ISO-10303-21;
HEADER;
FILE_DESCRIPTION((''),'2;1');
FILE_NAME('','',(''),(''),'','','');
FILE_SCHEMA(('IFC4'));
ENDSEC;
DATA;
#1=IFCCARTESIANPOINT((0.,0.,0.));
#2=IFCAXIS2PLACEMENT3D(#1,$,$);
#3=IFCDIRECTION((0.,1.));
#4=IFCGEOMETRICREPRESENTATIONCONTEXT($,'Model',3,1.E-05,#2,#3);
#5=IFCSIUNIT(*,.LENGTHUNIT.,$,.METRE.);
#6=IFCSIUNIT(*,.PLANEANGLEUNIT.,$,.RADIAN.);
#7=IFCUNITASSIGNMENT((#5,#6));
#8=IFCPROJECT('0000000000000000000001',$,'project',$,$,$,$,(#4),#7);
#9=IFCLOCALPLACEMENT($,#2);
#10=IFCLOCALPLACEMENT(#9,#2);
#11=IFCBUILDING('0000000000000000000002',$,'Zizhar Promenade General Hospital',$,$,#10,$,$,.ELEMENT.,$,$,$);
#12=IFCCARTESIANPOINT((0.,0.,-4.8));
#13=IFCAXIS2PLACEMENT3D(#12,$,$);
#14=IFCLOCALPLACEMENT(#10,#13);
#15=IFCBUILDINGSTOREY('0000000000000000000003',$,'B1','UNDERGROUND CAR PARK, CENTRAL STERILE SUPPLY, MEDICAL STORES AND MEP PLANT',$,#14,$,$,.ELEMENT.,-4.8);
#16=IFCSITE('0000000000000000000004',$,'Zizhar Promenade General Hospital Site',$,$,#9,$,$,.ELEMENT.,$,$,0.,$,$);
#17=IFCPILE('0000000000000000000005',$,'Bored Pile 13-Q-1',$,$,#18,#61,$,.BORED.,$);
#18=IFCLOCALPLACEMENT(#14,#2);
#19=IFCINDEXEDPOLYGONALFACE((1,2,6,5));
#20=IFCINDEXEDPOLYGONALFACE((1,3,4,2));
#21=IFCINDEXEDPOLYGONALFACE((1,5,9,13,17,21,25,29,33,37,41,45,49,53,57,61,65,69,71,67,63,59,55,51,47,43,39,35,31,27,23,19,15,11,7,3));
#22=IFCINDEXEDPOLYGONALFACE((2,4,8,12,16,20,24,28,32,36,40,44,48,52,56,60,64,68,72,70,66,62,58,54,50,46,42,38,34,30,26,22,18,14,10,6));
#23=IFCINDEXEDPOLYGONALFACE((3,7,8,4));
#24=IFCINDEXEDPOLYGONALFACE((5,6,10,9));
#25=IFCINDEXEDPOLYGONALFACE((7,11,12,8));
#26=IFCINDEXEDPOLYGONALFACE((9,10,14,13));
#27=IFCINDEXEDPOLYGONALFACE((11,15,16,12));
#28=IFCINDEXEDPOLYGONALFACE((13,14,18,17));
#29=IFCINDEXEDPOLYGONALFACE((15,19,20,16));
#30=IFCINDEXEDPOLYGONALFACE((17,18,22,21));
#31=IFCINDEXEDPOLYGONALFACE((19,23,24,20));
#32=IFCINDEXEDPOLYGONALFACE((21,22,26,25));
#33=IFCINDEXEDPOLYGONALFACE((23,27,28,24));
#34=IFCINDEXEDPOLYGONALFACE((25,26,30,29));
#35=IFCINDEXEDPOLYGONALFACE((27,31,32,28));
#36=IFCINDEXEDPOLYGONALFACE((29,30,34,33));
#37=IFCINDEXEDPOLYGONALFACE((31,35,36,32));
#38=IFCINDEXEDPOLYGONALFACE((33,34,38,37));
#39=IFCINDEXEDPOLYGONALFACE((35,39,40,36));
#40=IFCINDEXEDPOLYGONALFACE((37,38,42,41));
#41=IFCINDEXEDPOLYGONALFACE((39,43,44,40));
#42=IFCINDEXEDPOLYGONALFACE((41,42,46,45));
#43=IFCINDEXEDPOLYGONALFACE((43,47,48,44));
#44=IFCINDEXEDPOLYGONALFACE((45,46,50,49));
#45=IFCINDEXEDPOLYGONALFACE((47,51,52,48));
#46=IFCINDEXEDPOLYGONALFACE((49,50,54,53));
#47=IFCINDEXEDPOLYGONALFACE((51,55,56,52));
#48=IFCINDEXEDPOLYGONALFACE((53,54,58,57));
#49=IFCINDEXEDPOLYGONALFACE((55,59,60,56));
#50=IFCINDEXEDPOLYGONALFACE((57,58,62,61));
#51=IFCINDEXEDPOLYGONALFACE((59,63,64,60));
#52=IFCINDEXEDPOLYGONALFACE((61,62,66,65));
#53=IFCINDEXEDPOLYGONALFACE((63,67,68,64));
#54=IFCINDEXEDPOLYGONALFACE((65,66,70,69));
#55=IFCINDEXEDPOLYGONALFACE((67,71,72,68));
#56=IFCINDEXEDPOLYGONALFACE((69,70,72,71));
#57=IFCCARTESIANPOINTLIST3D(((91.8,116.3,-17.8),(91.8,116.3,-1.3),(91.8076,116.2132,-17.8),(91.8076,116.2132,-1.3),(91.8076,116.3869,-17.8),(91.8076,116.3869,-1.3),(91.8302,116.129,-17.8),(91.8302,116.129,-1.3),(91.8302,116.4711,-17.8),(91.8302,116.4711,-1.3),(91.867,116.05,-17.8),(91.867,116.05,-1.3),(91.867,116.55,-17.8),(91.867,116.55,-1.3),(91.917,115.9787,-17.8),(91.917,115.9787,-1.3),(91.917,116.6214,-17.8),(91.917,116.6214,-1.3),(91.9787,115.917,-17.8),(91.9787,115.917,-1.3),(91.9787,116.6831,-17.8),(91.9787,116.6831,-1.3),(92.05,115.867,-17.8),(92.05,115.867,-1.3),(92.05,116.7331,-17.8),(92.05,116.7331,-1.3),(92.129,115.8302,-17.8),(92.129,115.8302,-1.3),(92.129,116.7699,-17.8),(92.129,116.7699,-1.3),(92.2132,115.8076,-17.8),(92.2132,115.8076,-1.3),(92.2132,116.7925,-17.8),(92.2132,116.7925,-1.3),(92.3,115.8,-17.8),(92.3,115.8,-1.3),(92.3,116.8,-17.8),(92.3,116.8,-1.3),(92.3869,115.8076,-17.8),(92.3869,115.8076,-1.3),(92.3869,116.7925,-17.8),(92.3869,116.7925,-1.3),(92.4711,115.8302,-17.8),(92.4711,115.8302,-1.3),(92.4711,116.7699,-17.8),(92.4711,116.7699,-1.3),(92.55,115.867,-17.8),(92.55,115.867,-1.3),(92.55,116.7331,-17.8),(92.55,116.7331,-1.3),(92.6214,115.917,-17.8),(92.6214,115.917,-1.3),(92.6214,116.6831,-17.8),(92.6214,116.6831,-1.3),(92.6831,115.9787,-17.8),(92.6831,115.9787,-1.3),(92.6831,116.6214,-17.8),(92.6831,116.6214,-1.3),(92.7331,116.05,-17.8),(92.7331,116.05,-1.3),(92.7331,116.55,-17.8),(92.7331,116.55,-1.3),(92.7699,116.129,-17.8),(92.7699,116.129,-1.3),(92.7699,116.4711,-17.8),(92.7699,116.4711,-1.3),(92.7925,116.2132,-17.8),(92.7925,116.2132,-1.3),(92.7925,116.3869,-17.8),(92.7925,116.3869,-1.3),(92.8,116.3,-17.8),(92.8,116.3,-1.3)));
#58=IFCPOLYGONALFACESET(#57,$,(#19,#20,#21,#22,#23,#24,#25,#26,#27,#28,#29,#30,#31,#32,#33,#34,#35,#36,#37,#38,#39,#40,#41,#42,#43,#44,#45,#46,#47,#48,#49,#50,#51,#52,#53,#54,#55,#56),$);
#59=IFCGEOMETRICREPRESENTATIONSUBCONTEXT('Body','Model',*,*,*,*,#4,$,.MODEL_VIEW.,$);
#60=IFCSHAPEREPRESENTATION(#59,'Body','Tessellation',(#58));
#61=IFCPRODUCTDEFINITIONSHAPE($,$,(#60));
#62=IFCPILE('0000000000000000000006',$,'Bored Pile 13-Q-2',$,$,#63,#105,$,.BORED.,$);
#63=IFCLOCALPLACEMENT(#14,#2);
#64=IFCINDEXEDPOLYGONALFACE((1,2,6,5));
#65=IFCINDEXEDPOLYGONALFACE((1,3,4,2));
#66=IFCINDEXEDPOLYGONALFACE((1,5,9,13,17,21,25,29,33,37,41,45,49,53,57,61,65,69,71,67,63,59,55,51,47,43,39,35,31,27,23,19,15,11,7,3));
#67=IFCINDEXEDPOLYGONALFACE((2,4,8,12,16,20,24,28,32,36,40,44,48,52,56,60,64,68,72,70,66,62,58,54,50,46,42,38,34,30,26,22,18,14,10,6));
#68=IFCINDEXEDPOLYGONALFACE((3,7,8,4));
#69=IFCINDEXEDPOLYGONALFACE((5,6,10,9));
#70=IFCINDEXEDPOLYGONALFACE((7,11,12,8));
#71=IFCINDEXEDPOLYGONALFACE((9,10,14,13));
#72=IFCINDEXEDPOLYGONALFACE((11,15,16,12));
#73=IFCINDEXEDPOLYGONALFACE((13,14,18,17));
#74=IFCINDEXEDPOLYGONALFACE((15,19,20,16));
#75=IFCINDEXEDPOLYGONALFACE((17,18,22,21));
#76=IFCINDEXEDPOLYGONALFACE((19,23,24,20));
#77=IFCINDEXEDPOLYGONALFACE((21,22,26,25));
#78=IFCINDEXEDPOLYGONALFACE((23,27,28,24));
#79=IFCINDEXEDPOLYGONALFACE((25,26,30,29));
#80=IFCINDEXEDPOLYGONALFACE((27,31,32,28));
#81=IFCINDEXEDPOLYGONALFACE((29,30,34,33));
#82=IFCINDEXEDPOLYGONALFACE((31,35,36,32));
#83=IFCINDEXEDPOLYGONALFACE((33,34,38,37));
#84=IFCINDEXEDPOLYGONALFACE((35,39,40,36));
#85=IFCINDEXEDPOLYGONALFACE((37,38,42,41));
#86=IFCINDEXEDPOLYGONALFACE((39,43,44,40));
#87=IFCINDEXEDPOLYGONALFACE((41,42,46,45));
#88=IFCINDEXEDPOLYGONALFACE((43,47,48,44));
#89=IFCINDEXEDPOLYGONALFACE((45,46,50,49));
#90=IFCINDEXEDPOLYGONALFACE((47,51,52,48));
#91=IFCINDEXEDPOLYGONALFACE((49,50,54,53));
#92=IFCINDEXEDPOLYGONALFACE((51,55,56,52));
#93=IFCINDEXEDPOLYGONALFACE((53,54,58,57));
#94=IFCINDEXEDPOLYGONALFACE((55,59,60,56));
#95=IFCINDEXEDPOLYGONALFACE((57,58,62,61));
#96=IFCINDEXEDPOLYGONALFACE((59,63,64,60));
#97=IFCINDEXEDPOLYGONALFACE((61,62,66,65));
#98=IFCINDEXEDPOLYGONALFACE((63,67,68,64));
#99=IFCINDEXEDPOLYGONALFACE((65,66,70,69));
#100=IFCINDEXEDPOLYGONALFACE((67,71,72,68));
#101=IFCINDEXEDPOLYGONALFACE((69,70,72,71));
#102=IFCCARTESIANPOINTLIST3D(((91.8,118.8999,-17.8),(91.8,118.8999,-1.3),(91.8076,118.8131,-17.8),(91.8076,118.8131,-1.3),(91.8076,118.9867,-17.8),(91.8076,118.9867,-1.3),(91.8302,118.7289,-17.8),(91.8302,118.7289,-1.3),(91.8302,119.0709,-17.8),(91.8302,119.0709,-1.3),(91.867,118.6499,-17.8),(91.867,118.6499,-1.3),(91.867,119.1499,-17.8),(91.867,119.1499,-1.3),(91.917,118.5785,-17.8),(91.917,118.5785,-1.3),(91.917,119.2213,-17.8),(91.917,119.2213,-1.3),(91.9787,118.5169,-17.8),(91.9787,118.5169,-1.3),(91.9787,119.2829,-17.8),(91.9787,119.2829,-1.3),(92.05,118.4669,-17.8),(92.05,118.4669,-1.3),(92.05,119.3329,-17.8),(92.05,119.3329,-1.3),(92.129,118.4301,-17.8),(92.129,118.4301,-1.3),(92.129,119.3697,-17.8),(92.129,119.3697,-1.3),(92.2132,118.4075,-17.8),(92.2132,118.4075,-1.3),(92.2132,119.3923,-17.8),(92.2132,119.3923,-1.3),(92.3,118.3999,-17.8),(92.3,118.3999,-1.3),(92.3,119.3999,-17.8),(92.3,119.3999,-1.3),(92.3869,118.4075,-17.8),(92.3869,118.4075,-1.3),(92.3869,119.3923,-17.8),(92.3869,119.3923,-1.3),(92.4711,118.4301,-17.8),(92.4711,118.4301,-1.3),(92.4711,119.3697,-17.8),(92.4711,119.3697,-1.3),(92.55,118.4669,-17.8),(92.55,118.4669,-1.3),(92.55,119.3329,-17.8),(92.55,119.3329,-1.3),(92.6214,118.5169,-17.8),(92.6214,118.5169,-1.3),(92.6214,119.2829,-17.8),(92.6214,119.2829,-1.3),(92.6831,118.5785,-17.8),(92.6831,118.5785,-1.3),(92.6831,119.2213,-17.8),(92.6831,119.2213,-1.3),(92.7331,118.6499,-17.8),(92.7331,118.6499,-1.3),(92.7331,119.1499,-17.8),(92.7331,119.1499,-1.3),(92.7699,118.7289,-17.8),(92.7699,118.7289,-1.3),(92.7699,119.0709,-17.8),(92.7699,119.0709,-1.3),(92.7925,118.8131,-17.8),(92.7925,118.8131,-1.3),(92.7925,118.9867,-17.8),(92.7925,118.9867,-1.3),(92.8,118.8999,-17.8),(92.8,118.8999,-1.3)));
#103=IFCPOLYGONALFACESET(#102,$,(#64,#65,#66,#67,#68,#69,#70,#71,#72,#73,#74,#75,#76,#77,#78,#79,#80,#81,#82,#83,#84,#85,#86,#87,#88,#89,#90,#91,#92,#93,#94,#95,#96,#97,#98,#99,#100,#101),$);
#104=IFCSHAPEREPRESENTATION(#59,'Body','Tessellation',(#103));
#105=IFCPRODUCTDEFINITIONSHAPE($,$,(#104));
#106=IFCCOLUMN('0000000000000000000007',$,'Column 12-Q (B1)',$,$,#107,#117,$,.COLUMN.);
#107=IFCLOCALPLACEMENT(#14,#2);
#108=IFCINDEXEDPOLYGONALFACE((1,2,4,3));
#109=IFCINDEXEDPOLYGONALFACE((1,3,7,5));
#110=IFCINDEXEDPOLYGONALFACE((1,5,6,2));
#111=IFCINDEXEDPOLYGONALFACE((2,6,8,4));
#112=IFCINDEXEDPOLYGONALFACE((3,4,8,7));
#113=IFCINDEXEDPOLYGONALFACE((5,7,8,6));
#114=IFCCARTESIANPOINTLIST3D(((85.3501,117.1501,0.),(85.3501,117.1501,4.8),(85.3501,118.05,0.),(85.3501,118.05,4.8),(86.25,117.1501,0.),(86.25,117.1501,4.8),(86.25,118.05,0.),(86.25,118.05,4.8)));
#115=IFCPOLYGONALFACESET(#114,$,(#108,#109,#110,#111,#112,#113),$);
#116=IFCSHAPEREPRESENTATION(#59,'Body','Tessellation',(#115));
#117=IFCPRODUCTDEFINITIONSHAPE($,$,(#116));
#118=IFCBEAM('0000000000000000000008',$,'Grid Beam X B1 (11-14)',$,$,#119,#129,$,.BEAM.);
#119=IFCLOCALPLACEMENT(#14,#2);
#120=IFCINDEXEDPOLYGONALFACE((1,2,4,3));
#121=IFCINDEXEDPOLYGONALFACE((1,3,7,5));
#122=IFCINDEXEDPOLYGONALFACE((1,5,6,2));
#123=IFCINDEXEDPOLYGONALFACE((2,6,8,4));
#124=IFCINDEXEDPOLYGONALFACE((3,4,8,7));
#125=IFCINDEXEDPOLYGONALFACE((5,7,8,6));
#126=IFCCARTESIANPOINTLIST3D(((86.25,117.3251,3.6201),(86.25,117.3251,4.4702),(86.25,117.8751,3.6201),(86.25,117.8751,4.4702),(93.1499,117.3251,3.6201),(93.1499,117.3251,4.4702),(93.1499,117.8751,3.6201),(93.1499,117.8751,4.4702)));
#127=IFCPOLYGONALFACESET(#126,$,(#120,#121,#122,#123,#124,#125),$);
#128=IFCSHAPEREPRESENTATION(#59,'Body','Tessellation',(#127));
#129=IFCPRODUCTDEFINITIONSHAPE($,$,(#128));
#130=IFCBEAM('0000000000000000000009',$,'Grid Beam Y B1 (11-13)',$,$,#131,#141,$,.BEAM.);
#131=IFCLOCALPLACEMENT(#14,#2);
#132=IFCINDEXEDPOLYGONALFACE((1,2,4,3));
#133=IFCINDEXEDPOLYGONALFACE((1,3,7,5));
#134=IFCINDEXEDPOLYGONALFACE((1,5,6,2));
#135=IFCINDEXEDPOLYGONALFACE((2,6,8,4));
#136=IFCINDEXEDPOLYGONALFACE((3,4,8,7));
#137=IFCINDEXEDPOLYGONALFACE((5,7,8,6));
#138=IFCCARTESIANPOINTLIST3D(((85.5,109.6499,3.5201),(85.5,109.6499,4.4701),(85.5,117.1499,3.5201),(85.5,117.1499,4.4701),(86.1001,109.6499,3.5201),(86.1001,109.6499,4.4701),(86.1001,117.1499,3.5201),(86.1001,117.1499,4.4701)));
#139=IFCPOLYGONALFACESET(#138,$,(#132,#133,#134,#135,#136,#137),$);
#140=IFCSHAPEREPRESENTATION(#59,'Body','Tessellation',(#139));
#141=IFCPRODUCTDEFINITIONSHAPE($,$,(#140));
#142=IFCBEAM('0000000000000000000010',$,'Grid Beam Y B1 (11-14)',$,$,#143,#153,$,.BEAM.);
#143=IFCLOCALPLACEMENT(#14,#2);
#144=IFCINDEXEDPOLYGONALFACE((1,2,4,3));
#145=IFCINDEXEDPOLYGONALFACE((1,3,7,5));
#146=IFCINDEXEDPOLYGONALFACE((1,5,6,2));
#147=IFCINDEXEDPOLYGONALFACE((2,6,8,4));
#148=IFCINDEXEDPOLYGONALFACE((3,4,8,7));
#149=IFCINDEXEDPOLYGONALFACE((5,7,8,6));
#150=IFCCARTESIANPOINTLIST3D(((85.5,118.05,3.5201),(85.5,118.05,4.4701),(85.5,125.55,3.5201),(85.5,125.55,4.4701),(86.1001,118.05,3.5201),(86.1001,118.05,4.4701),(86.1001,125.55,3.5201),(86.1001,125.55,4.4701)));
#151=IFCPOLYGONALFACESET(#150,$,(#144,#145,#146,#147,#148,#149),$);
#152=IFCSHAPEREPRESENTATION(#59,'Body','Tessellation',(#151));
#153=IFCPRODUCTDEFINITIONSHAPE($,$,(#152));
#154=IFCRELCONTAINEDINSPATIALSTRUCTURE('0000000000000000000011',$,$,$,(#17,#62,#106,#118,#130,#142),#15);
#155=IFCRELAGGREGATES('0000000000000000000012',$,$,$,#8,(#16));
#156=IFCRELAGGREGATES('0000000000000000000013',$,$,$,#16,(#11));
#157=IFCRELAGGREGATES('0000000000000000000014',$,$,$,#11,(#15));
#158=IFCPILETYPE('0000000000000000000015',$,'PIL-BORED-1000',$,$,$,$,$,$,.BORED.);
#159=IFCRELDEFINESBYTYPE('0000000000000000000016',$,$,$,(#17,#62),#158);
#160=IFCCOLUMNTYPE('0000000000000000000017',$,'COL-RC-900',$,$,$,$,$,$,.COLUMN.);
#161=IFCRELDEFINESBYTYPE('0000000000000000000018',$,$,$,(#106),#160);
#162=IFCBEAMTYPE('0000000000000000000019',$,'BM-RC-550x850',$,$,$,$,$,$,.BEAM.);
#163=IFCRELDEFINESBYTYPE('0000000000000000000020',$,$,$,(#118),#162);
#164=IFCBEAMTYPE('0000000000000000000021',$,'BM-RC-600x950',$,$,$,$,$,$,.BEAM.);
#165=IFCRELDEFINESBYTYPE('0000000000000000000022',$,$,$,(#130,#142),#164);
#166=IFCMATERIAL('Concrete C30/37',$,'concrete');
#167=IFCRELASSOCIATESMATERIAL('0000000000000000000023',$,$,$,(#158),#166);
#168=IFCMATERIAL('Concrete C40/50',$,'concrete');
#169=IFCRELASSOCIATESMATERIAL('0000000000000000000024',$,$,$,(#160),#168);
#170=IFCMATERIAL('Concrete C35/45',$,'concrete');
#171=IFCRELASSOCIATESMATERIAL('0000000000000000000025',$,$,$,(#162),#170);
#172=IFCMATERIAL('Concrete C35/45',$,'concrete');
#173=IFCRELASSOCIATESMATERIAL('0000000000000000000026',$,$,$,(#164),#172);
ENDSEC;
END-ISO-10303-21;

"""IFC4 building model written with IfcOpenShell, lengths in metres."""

from ifc_helpers import new_model, si_unit, direction, frame, origin, origin_2d, place, context, subcontext, project, spatial, rectangle, circle, extrude, material, material_profile, profile_set, type_object, element, save


model = new_model("IFC4")

# Units and contexts
model_context = context("Model", 3, precision=1e-05, world=origin(), true_north=direction((0.0, 1.0)))
body_context = subcontext(model_context, "Body", "Model", "MODEL_VIEW")
ifc_project = project(units=[si_unit("LENGTHUNIT", "METRE"), si_unit("PLANEANGLEUNIT", "RADIAN")], contexts=[model_context])

# Site, building, storey
site_placement = place(None, origin())
site = spatial("IfcSite", under=ifc_project, at=site_placement, Name="Zizhar Promenade General Hospital Site", CompositionType="ELEMENT", RefElevation=0.0)
building_placement = place(site_placement, origin())
building = spatial("IfcBuilding", under=site, at=building_placement, Name="Zizhar Promenade General Hospital", CompositionType="ELEMENT")
storey_placement = place(building_placement, frame((0.0, 0.0, -4.8)))
storey = spatial("IfcBuildingStorey", under=building, at=storey_placement, Name="B1", Description="UNDERGROUND CAR PARK, CENTRAL STERILE SUPPLY, MEDICAL STORES AND MEP PLANT", CompositionType="ELEMENT", Elevation=-4.8)

# Piles
ifc_material_1 = material(Name="Concrete C30/37", Category="concrete")
ifc_material_profile_1 = material_profile(ifc_material_1, circle(Radius=0.5, at=origin_2d()))
ifc_profile_set_1 = profile_set([ifc_material_profile_1], Name="Concrete C30/37")
pile_type = type_object("IfcPileType", Name="PIL-BORED-1000", PredefinedType="BORED", material=ifc_profile_set_1)
for number, where, z_axis, x_axis, name in (
    (1, (92.3, 116.3, -1.3), (0.0, 0.0, -1.0), (1.0, 0.0, 0.0), "Bored Pile 13-Q-1"),
    (2, (92.3, 118.8999, -1.3), (0.0, 0.0, -1.0), (1.0, 0.0, 0.0), "Bored Pile 13-Q-2"),
):
    element("IfcPile", number, at=place(storey_placement, frame(where, z_axis=z_axis, x_axis=x_axis)), inside=storey, type_object=pile_type, Name=name, PredefinedType="BORED", context=body_context, shape_type="SweptSolid", body=[
        extrude(circle(Radius=0.5, at=origin_2d()), origin(), (0.0, 0.0, 1.0), 16.5),
    ])

# Column
ifc_material_2 = material(Name="Concrete C40/50", Category="concrete")
ifc_material_profile_2 = material_profile(ifc_material_2, rectangle(XDim=0.8999, YDim=0.8999, at=origin_2d()))
ifc_profile_set_2 = profile_set([ifc_material_profile_2], Name="Concrete C40/50")
column_type = type_object("IfcColumnType", Name="COL-RC-900", PredefinedType="COLUMN", material=ifc_profile_set_2)
column_placement = place(storey_placement, frame((85.8, 117.6001, 0.0), z_axis=(0.0, 0.0, 1.0), x_axis=(1.0, 0.0, 0.0)))
element("IfcColumn", 3, at=column_placement, inside=storey, type_object=column_type, Name="Column 12-Q (B1)", PredefinedType="COLUMN", context=body_context, shape_type="SweptSolid", body=[
    extrude(rectangle(XDim=0.8999, YDim=0.8999, at=origin_2d()), origin(), (0.0, 0.0, 1.0), 4.8),
])

# Beams
ifc_material_3 = material(Name="Concrete C35/45", Category="concrete")
ifc_material_profile_3 = material_profile(ifc_material_3, rectangle(XDim=0.55, YDim=0.8501, at=origin_2d()))
ifc_profile_set_3 = profile_set([ifc_material_profile_3], Name="Concrete C35/45")
beam_type_1 = type_object("IfcBeamType", Name="BM-RC-550x850", PredefinedType="BEAM", material=ifc_profile_set_3)
beam_placement = place(storey_placement, frame((86.25, 117.6001, 4.0452), z_axis=(1.0, 0.0, 0.0), x_axis=(0.0, 1.0, 0.0)))
element("IfcBeam", 4, at=beam_placement, inside=storey, type_object=beam_type_1, Name="Grid Beam X B1 (11-14)", PredefinedType="BEAM", context=body_context, shape_type="SweptSolid", body=[
    extrude(rectangle(XDim=0.55, YDim=0.8501, at=origin_2d()), origin(), (0.0, 0.0, 1.0), 6.8999),
])
ifc_material_4 = material(Name="Concrete C35/45", Category="concrete")
ifc_material_profile_4 = material_profile(ifc_material_4, rectangle(XDim=0.6001, YDim=0.95, at=origin_2d()))
ifc_profile_set_4 = profile_set([ifc_material_profile_4], Name="Concrete C35/45")
beam_type_2 = type_object("IfcBeamType", Name="BM-RC-600x950", PredefinedType="BEAM", material=ifc_profile_set_4)
for number, where, z_axis, x_axis, name in (
    (5, (85.8, 109.6499, 3.9951), (0.0, 1.0, 0.0), (-1.0, 0.0, 0.0), "Grid Beam Y B1 (11-13)"),
    (6, (85.8, 118.05, 3.9951), (0.0, 1.0, 0.0), (-1.0, 0.0, 0.0), "Grid Beam Y B1 (11-14)"),
):
    element("IfcBeam", number, at=place(storey_placement, frame(where, z_axis=z_axis, x_axis=x_axis)), inside=storey, type_object=beam_type_2, Name=name, PredefinedType="BEAM", context=body_context, shape_type="SweptSolid", body=[
        extrude(rectangle(XDim=0.6001, YDim=0.95, at=origin_2d()), origin(), (0.0, 0.0, 1.0), 7.5),
    ])

save(model, "model.ifc")
